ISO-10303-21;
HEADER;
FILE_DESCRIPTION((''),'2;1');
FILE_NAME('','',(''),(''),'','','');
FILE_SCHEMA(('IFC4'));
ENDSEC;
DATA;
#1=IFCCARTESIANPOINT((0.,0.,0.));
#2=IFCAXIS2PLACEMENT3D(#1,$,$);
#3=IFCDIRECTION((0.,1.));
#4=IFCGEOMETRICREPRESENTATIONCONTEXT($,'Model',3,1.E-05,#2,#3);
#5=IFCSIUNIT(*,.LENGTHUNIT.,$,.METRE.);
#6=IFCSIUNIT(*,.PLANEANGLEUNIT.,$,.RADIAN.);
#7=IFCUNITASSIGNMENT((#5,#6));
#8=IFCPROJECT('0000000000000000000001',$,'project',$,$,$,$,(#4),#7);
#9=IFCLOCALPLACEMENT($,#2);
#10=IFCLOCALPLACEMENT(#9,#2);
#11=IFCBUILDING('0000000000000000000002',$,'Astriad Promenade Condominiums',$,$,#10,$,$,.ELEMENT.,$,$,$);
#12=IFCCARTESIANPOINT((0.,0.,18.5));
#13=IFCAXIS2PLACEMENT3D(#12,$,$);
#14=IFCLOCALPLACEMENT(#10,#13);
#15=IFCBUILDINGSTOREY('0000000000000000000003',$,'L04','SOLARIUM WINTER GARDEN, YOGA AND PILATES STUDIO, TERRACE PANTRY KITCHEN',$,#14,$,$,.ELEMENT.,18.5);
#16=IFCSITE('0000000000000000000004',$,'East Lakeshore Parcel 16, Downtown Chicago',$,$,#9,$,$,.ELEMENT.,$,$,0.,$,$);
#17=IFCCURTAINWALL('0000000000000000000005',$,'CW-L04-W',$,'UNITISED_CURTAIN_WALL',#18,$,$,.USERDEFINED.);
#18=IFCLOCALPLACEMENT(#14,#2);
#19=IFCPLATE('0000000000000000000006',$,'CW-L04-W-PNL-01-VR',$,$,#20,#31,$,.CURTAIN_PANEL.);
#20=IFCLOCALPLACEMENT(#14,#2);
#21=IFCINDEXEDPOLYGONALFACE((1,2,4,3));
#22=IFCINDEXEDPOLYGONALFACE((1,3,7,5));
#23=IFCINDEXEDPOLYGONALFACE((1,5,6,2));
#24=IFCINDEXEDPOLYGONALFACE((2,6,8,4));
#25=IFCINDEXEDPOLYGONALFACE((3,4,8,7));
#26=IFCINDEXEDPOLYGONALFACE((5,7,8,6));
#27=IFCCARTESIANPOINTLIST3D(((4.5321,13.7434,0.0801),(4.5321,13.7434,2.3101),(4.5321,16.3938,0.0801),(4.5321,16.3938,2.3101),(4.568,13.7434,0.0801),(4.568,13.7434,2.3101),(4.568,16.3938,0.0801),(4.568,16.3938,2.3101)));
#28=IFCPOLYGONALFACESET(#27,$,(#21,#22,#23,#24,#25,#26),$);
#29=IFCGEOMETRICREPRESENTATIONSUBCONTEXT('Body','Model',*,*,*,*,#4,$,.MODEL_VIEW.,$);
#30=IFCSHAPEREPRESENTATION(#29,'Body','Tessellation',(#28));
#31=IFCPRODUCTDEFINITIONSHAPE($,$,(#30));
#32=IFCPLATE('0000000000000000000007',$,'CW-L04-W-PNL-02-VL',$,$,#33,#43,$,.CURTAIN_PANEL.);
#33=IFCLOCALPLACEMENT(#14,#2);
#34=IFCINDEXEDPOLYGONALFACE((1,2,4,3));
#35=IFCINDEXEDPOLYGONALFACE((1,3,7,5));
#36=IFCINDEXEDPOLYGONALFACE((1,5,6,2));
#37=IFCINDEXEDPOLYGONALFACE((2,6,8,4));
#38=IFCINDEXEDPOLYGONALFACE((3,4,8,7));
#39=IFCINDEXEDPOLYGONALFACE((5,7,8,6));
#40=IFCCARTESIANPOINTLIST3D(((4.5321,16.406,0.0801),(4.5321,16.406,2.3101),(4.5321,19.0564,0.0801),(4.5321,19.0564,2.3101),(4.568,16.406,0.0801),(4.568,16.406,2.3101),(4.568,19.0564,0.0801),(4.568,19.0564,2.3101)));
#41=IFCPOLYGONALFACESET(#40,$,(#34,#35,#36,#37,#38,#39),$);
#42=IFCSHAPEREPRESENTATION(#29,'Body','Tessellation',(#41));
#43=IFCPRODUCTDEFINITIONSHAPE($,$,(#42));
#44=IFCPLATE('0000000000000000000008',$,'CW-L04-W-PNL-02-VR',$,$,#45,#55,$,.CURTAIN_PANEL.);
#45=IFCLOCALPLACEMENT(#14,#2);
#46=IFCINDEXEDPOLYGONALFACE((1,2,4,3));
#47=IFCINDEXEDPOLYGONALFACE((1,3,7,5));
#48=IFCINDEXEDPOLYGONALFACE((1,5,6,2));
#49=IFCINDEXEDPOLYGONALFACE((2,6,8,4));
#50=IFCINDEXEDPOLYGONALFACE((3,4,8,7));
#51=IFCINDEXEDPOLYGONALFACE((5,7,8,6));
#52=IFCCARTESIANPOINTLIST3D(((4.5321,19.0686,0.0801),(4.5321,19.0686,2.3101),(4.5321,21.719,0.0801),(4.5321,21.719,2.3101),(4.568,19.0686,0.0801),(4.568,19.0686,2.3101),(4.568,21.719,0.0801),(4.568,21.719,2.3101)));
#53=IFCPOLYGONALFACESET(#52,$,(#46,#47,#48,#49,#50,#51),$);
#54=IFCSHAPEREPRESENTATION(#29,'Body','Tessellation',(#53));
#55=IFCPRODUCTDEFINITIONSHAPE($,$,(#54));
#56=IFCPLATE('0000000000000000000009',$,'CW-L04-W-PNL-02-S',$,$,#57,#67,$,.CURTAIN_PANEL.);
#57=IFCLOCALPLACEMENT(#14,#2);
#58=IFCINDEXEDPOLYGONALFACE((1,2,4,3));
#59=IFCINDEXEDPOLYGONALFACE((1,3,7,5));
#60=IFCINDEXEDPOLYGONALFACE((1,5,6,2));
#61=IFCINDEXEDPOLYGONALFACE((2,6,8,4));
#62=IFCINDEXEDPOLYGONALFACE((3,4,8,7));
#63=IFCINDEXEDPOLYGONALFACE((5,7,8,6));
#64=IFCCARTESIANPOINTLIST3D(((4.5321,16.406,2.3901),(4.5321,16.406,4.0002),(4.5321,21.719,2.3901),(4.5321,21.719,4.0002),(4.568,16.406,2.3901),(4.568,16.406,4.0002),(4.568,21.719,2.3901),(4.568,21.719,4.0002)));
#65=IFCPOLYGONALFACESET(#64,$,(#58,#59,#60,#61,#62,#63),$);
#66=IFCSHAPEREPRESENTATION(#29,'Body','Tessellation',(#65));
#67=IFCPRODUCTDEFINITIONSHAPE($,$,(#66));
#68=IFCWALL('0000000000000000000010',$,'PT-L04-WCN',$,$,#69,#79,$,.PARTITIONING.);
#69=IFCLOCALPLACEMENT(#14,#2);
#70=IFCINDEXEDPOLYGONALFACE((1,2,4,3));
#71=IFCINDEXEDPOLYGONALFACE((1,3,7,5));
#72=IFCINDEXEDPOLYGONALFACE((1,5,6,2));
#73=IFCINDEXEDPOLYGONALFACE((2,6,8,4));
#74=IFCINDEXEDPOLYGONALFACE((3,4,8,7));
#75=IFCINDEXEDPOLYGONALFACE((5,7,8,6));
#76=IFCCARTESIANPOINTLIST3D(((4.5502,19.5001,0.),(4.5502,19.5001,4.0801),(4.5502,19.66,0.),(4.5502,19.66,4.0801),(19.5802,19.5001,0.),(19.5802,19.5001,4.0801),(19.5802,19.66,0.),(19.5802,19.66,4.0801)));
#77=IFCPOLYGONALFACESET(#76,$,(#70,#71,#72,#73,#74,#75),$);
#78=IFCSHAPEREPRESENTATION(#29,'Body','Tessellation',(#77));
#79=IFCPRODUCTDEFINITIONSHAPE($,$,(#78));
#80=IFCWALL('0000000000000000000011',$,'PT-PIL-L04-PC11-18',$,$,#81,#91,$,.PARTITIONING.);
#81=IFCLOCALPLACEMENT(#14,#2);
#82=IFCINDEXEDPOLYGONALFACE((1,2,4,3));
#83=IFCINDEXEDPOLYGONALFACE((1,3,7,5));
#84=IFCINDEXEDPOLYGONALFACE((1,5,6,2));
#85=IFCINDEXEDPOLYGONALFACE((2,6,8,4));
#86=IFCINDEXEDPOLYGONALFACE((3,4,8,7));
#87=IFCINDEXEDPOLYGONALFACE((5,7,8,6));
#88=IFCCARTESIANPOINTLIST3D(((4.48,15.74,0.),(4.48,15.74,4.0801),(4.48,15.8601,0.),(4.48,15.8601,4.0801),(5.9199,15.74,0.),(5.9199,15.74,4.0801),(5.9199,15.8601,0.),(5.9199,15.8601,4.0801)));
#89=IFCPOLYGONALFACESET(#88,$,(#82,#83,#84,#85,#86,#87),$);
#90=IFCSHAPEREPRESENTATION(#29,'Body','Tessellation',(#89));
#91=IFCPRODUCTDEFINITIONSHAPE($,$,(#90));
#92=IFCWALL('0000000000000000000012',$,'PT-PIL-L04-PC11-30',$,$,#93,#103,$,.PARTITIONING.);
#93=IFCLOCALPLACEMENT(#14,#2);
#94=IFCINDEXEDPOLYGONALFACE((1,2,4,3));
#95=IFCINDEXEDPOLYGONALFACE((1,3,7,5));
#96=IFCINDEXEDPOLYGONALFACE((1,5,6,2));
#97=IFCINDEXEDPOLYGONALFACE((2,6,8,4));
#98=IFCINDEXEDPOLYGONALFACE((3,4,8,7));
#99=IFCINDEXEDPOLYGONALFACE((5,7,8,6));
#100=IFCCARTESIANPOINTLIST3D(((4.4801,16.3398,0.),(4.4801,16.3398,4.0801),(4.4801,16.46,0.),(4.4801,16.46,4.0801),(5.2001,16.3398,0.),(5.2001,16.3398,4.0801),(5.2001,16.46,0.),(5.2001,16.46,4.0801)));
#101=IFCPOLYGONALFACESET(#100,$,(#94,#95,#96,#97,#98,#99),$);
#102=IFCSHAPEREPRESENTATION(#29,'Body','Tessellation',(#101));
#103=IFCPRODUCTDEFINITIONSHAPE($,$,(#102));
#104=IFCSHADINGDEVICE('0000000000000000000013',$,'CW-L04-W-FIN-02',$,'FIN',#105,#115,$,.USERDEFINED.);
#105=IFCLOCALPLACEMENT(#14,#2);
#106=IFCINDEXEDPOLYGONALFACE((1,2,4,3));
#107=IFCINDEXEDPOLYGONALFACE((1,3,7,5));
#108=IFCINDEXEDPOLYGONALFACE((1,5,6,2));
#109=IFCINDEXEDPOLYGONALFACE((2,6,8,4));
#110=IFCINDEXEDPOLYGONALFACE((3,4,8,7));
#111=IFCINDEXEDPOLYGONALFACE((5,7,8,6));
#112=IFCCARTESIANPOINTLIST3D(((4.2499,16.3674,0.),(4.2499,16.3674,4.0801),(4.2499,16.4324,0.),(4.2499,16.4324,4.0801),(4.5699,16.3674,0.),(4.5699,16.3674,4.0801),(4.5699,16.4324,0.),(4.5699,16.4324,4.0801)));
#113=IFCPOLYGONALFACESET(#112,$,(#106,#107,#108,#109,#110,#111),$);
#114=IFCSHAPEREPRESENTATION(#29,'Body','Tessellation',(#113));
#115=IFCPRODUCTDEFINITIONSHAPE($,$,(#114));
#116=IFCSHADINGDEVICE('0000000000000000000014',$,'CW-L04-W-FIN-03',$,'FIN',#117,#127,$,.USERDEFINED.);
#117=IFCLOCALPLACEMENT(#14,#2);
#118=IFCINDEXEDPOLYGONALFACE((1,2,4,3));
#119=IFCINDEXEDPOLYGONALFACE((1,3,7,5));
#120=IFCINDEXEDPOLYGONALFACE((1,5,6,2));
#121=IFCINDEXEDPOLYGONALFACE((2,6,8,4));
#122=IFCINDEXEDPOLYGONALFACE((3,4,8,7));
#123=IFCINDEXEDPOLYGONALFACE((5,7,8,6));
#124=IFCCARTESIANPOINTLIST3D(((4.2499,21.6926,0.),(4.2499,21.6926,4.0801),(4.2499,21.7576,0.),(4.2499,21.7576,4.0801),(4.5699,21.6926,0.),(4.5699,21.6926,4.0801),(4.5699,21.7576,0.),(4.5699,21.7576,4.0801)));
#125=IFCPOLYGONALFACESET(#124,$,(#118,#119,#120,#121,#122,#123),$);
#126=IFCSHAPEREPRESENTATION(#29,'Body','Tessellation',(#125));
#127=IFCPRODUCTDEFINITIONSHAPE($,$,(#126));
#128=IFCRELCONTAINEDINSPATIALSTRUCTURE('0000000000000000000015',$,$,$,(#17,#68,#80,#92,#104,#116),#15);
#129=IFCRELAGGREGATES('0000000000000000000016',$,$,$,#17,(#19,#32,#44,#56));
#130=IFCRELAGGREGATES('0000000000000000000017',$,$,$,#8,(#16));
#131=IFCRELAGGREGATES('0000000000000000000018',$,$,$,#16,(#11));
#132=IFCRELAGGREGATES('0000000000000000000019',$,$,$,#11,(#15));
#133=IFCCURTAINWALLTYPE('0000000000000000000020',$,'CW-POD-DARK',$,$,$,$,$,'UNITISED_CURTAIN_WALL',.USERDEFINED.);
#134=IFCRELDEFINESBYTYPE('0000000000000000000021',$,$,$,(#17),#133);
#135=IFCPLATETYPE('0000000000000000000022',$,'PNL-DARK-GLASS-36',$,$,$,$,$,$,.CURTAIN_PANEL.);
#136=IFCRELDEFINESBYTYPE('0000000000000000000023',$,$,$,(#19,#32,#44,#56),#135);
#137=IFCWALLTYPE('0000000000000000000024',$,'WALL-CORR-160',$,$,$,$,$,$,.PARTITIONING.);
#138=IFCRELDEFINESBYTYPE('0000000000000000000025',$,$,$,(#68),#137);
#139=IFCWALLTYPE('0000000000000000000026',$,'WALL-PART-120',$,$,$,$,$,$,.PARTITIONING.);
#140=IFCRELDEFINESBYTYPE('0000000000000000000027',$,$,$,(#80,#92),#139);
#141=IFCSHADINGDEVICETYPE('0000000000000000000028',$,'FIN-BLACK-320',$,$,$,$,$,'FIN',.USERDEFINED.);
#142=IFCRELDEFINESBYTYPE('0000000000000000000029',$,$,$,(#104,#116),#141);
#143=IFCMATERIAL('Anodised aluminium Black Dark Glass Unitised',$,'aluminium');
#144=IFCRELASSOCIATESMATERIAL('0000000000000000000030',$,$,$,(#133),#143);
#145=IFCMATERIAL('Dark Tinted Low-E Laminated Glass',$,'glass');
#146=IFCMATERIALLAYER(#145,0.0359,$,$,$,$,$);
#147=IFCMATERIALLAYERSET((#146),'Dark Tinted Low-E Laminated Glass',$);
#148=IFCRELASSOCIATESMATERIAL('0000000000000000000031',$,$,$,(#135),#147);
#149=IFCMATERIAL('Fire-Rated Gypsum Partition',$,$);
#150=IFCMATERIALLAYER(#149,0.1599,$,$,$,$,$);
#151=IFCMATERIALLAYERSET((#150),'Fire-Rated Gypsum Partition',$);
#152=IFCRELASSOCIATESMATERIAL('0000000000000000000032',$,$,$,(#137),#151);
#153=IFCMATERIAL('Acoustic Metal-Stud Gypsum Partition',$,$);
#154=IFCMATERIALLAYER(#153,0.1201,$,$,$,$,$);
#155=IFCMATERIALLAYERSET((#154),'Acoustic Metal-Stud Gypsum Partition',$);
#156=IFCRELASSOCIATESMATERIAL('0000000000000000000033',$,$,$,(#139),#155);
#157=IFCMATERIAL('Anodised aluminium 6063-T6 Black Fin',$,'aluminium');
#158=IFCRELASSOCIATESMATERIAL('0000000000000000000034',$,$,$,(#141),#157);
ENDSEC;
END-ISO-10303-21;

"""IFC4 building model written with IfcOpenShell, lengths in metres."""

from ifc_helpers import new_model, si_unit, direction, frame, frame_2d, origin, origin_2d, place, context, subcontext, project, spatial, rectangle, extrude, source, transform, mapped, material, layer, layer_set, type_object, type_shapes, element, aggregate, save


model = new_model("IFC4")

# Units and contexts
model_context = context("Model", 3, precision=1e-05, world=origin(), true_north=direction((0.0, 1.0)))
body_context = subcontext(model_context, "Body", "Model", "MODEL_VIEW")
ifc_project = project(units=[si_unit("LENGTHUNIT", "METRE"), si_unit("PLANEANGLEUNIT", "RADIAN")], contexts=[model_context])

# Site, building, storey
site_placement = place(None, origin())
site = spatial("IfcSite", under=ifc_project, at=site_placement, Name="East Lakeshore Parcel 16, Downtown Chicago", CompositionType="ELEMENT", RefElevation=0.0)
building_placement = place(site_placement, origin())
building = spatial("IfcBuilding", under=site, at=building_placement, Name="Astriad Promenade Condominiums", CompositionType="ELEMENT")
storey_placement = place(building_placement, frame((0.0, 0.0, 18.5)))
storey = spatial("IfcBuildingStorey", under=building, at=storey_placement, Name="L04", Description="SOLARIUM WINTER GARDEN, YOGA AND PILATES STUDIO, TERRACE PANTRY KITCHEN", CompositionType="ELEMENT", Elevation=18.5)

# Curtain wall
ifc_material_1 = material(Name="Anodised aluminium Black Dark Glass Unitised", Category="aluminium")
curtain_wall_type = type_object("IfcCurtainWallType", Name="CW-POD-DARK", ElementType="UNITISED_CURTAIN_WALL", PredefinedType="USERDEFINED", material=ifc_material_1)
curtain_wall_placement = place(storey_placement, origin())
curtain_wall = element("IfcCurtainWall", 1, at=curtain_wall_placement, inside=storey, type_object=curtain_wall_type, Name="CW-L04-W", ObjectType="UNITISED_CURTAIN_WALL", PredefinedType="USERDEFINED")

# Plates
ifc_material_2 = material(Name="Dark Tinted Low-E Laminated Glass", Category="glass")
ifc_layer_1 = layer(ifc_material_2, 0.0359)
ifc_layer_set_1 = layer_set([ifc_layer_1], Name="Dark Tinted Low-E Laminated Glass")
plate_type_1 = type_object("IfcPlateType", Name="PNL-DARK-GLASS-36", PredefinedType="CURTAIN_PANEL", material=ifc_layer_set_1)
shared_shape_1 = source(origin(), body_context, "Body", "SweptSolid", [
    extrude(rectangle(XDim=2.6504, YDim=0.0359, at=origin_2d()), origin(), (0.0, 0.0, 1.0), 2.23),
])
plate_1_placement = place(storey_placement, frame((4.55, 15.0686, 0.0801), z_axis=(0.0, 0.0, 1.0), x_axis=(0.0, 1.0, 0.0)))
plate_1 = element("IfcPlate", 2, at=plate_1_placement, type_object=plate_type_1, Name="CW-L04-W-PNL-01-VR", PredefinedType="CURTAIN_PANEL", context=body_context, shape_type="MappedRepresentation", body=[
    mapped(shared_shape_1, transform((0.0, 0.0, 0.0), scale=1.0)),
])
plate_2_placement = place(storey_placement, frame((4.55, 17.7312, 0.0801), z_axis=(0.0, 0.0, 1.0), x_axis=(0.0, 1.0, 0.0)))
plate_2 = element("IfcPlate", 3, at=plate_2_placement, type_object=plate_type_1, Name="CW-L04-W-PNL-02-VL", PredefinedType="CURTAIN_PANEL", context=body_context, shape_type="MappedRepresentation", body=[
    mapped(shared_shape_1, transform((0.0, 0.0, 0.0), scale=1.0)),
])
plate_3_placement = place(storey_placement, frame((4.55, 20.3938, 0.0801), z_axis=(0.0, 0.0, 1.0), x_axis=(0.0, 1.0, 0.0)))
plate_3 = element("IfcPlate", 4, at=plate_3_placement, type_object=plate_type_1, Name="CW-L04-W-PNL-02-VR", PredefinedType="CURTAIN_PANEL", context=body_context, shape_type="MappedRepresentation", body=[
    mapped(shared_shape_1, transform((0.0, 0.0, 0.0), scale=1.0)),
])
shared_shape_2 = source(origin(), body_context, "Body", "SweptSolid", [
    extrude(rectangle(XDim=5.313, YDim=0.0359, at=origin_2d()), origin(), (0.0, 0.0, 1.0), 1.6101),
])
type_shapes(plate_type_1, [shared_shape_1, shared_shape_2])
plate_4_placement = place(storey_placement, frame((4.55, 19.0625, 2.3901), z_axis=(0.0, 0.0, 1.0), x_axis=(0.0, 1.0, 0.0)))
plate_4 = element("IfcPlate", 5, at=plate_4_placement, type_object=plate_type_1, Name="CW-L04-W-PNL-02-S", PredefinedType="CURTAIN_PANEL", context=body_context, shape_type="MappedRepresentation", body=[
    mapped(shared_shape_2, transform((0.0, 0.0, 0.0), scale=1.0)),
])
aggregate(curtain_wall, [plate_1, plate_2, plate_3, plate_4])

# Walls
ifc_material_3 = material(Name="Fire-Rated Gypsum Partition")
ifc_layer_2 = layer(ifc_material_3, 0.1599)
ifc_layer_set_2 = layer_set([ifc_layer_2], Name="Fire-Rated Gypsum Partition")
wall_type_1 = type_object("IfcWallType", Name="WALL-CORR-160", PredefinedType="PARTITIONING", material=ifc_layer_set_2)
wall_1_placement = place(storey_placement, frame((4.55, 19.5801, 0.0), z_axis=(0.0, 0.0, 1.0), x_axis=(1.0, 0.0, 0.0)))
element("IfcWall", 6, at=wall_1_placement, inside=storey, type_object=wall_type_1, Name="PT-L04-WCN", PredefinedType="PARTITIONING", context=body_context, shape_type="SweptSolid", body=[
    extrude(rectangle(XDim=15.03, YDim=0.1599, at=frame_2d((7.5151, 0.0))), origin(), (0.0, 0.0, 1.0), 4.0801),
])
ifc_material_4 = material(Name="Acoustic Metal-Stud Gypsum Partition")
ifc_layer_3 = layer(ifc_material_4, 0.1201)
ifc_layer_set_3 = layer_set([ifc_layer_3], Name="Acoustic Metal-Stud Gypsum Partition")
wall_type_2 = type_object("IfcWallType", Name="WALL-PART-120", PredefinedType="PARTITIONING", material=ifc_layer_set_3)
wall_2_placement = place(storey_placement, frame((5.9199, 15.8, 0.0), z_axis=(0.0, 0.0, 1.0), x_axis=(-1.0, 0.0, 0.0)))
element("IfcWall", 7, at=wall_2_placement, inside=storey, type_object=wall_type_2, Name="PT-PIL-L04-PC11-18", PredefinedType="PARTITIONING", context=body_context, shape_type="SweptSolid", body=[
    extrude(rectangle(XDim=1.4399, YDim=0.1201, at=frame_2d((0.72, 0.0))), origin(), (0.0, 0.0, 1.0), 4.0801),
])
wall_3_placement = place(storey_placement, frame((5.2, 16.3999, 0.0), z_axis=(0.0, 0.0, 1.0), x_axis=(-1.0, 0.0, 0.0)))
element("IfcWall", 8, at=wall_3_placement, inside=storey, type_object=wall_type_2, Name="PT-PIL-L04-PC11-30", PredefinedType="PARTITIONING", context=body_context, shape_type="SweptSolid", body=[
    extrude(rectangle(XDim=0.72, YDim=0.1201, at=frame_2d((0.3599, 0.0))), origin(), (0.0, 0.0, 1.0), 4.0801),
])

# Shading devices
ifc_material_5 = material(Name="Anodised aluminium 6063-T6 Black Fin", Category="aluminium")
shading_device_type = type_object("IfcShadingDeviceType", Name="FIN-BLACK-320", ElementType="FIN", PredefinedType="USERDEFINED", material=ifc_material_5)
shared_shape_3 = source(origin(), body_context, "Body", "SweptSolid", [
    extrude(rectangle(XDim=0.0649, YDim=0.3201, at=origin_2d()), origin(), (0.0, 0.0, 1.0), 4.0801),
])
type_shapes(shading_device_type, [shared_shape_3])
for number, where, z_axis, x_axis, name in (
    (9, (4.4099, 16.3999, 0.0), (0.0, 0.0, 1.0), (0.0, 1.0, 0.0), "CW-L04-W-FIN-02"),
    (10, (4.4099, 21.7251, 0.0), (0.0, 0.0, 1.0), (0.0, 1.0, 0.0), "CW-L04-W-FIN-03"),
):
    element("IfcShadingDevice", number, at=place(storey_placement, frame(where, z_axis=z_axis, x_axis=x_axis)), inside=storey, type_object=shading_device_type, Name=name, ObjectType="FIN", PredefinedType="USERDEFINED", context=body_context, shape_type="MappedRepresentation", body=[
        mapped(shared_shape_3, transform((0.0, 0.0, 0.0), scale=1.0)),
    ])

save(model, "model.ifc")
